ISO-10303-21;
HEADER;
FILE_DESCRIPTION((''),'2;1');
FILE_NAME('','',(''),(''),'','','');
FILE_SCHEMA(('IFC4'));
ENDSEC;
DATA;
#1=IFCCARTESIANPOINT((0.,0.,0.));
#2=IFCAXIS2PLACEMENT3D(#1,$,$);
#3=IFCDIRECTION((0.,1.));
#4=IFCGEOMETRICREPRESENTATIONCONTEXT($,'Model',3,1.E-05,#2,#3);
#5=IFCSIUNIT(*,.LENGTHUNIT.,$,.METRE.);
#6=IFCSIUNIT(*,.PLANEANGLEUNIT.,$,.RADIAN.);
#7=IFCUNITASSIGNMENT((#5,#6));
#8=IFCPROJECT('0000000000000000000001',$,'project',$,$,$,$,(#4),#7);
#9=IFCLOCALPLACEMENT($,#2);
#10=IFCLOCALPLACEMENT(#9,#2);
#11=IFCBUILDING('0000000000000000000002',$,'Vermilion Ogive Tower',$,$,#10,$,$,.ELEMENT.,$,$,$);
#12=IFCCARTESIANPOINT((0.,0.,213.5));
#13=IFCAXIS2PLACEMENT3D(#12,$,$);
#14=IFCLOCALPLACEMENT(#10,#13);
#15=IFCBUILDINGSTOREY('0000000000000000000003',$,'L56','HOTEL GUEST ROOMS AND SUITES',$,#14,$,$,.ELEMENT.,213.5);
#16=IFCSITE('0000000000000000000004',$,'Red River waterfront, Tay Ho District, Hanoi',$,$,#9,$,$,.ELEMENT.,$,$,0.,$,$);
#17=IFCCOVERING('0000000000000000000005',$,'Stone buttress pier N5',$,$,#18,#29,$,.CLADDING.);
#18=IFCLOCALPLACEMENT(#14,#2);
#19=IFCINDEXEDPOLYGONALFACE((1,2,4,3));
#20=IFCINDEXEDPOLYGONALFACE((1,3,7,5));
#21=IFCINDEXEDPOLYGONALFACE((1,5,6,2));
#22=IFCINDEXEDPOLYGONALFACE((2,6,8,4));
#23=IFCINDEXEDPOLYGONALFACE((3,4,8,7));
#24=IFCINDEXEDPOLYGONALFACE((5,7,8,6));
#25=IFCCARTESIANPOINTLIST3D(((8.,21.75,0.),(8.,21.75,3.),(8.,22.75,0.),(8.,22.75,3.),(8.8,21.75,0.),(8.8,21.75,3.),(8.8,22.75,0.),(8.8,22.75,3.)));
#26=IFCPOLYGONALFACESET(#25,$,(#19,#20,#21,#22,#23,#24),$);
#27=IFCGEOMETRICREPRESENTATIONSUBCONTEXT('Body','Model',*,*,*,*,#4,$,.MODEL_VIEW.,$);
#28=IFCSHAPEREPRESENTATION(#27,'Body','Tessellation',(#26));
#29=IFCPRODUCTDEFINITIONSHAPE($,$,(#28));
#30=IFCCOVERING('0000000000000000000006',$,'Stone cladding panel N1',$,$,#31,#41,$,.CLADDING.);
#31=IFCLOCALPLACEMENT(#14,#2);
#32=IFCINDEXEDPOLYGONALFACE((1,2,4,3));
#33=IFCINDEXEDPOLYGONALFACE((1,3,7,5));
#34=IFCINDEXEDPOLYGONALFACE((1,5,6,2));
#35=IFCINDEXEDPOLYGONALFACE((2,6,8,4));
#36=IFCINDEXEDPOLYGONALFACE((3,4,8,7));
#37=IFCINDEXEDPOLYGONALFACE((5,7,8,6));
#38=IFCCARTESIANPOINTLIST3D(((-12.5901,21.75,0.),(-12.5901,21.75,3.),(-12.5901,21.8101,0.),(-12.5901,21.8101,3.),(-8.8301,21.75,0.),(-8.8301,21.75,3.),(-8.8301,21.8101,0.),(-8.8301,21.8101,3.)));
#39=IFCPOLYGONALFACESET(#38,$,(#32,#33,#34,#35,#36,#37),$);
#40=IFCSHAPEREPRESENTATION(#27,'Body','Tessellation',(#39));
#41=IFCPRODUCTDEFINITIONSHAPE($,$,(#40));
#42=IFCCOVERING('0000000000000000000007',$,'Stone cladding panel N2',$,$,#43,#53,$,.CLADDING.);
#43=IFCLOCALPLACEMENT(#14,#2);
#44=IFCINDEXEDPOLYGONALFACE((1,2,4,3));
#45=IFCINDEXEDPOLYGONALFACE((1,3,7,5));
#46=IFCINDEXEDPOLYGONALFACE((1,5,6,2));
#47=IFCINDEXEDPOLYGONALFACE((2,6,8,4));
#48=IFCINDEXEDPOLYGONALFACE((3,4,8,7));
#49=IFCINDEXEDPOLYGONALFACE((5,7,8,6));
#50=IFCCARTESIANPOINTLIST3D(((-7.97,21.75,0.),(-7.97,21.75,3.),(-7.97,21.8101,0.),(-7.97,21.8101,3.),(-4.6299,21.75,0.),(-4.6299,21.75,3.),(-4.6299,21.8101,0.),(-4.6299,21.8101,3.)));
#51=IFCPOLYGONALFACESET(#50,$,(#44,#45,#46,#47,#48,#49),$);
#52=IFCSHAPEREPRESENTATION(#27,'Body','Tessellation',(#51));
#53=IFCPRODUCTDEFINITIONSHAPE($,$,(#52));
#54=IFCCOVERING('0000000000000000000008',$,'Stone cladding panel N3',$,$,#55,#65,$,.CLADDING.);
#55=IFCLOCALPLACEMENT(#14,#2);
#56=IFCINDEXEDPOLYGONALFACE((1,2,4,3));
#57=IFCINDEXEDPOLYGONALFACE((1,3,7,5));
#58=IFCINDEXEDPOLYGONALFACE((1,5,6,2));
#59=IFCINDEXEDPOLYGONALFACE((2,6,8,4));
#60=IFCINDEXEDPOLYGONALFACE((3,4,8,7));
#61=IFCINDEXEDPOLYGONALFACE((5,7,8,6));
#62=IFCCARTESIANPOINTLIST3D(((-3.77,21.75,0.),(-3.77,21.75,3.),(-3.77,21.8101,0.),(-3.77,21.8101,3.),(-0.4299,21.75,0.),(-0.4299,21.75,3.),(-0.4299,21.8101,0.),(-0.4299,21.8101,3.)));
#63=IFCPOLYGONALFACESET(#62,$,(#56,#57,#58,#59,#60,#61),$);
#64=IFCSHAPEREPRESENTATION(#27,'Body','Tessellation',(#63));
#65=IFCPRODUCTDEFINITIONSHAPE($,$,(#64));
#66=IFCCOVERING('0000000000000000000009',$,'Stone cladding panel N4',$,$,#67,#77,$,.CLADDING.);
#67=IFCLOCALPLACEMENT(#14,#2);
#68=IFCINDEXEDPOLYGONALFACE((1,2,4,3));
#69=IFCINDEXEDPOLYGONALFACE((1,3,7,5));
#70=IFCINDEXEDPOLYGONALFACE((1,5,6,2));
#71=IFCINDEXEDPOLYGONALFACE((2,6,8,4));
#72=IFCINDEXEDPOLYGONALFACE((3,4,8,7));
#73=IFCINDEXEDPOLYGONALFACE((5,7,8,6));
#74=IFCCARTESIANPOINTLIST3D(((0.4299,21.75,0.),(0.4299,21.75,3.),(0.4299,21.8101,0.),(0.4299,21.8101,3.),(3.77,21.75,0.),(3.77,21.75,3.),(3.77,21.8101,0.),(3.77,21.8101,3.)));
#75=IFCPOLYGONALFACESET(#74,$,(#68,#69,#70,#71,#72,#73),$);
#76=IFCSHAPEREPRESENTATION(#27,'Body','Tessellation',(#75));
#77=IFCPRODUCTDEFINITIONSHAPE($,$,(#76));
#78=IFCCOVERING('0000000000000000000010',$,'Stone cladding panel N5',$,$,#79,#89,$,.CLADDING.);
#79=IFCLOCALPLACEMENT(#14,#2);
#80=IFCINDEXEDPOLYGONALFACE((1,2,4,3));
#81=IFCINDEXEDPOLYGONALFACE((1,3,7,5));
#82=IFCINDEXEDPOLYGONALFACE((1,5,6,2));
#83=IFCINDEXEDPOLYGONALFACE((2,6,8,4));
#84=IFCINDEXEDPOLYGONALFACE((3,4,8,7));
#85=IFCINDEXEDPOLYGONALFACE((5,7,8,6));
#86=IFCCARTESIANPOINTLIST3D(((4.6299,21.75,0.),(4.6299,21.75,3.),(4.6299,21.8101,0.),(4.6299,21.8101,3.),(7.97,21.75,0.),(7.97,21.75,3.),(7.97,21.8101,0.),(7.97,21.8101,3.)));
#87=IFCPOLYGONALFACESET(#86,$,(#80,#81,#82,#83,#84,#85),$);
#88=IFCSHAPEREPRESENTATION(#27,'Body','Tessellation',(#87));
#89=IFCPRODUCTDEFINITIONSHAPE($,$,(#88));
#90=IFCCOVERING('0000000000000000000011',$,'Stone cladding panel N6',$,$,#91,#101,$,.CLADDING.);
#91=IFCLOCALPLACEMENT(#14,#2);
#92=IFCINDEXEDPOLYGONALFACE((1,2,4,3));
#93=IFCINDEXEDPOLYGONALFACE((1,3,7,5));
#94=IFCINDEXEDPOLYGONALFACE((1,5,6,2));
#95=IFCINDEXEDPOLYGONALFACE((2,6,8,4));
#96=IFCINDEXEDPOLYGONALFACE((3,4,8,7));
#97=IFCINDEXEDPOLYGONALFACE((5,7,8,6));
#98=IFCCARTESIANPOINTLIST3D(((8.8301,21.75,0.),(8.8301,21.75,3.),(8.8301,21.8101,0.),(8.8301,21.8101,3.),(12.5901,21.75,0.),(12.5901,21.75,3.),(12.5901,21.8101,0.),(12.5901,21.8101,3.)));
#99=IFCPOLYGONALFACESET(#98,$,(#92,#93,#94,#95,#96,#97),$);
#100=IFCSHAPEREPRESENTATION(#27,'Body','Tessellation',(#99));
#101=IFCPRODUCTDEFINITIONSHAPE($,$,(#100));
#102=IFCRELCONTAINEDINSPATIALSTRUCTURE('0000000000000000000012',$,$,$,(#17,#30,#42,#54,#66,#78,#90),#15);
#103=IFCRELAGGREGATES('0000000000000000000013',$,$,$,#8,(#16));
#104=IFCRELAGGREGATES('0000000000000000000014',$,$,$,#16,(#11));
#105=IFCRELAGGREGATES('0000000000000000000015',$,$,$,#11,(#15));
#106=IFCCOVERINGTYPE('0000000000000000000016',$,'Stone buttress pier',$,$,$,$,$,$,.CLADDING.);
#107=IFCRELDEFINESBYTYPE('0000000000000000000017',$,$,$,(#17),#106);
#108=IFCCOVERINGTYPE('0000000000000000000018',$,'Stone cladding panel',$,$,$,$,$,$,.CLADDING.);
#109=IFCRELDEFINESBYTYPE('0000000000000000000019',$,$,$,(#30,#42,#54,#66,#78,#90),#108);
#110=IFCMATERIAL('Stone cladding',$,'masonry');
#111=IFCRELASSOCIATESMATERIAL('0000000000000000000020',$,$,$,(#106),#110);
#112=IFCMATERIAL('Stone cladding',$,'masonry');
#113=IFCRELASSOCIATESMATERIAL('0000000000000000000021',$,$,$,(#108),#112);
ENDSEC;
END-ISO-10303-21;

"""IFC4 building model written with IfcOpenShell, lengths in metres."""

from ifc_helpers import new_model, si_unit, direction, frame, origin, place, context, subcontext, project, spatial, polyline, outline, extrude, material, type_object, element, save


model = new_model("IFC4")

# Units and contexts
model_context = context("Model", 3, precision=1e-05, world=origin(), true_north=direction((0.0, 1.0)))
body_context = subcontext(model_context, "Body", "Model", "MODEL_VIEW")
ifc_project = project(units=[si_unit("LENGTHUNIT", "METRE"), si_unit("PLANEANGLEUNIT", "RADIAN")], contexts=[model_context])

# Site, building, storey
site_placement = place(None, origin())
site = spatial("IfcSite", under=ifc_project, at=site_placement, Name="Red River waterfront, Tay Ho District, Hanoi", CompositionType="ELEMENT", RefElevation=0.0)
building_placement = place(site_placement, origin())
building = spatial("IfcBuilding", under=site, at=building_placement, Name="Vermilion Ogive Tower", CompositionType="ELEMENT")
storey_placement = place(building_placement, frame((0.0, 0.0, 213.5)))
storey = spatial("IfcBuildingStorey", under=building, at=storey_placement, Name="L56", Description="HOTEL GUEST ROOMS AND SUITES", CompositionType="ELEMENT", Elevation=213.5)

# Coverings
ifc_material_1 = material(Name="Stone cladding", Category="masonry")
covering_type_1 = type_object("IfcCoveringType", Name="Stone buttress pier", PredefinedType="CLADDING", material=ifc_material_1)
covering_1_placement = place(storey_placement, origin())
element("IfcCovering", 1, at=covering_1_placement, inside=storey, type_object=covering_type_1, Name="Stone buttress pier N5", PredefinedType="CLADDING", context=body_context, shape_type="SweptSolid", body=[
    extrude(outline(polyline([(8.0, 21.75), (8.8, 21.75), (8.8, 22.75), (8.0, 22.75), (8.0, 21.75)])), origin(), (0.0, 0.0, 1.0), 3.0),
])
ifc_material_2 = material(Name="Stone cladding", Category="masonry")
covering_type_2 = type_object("IfcCoveringType", Name="Stone cladding panel", PredefinedType="CLADDING", material=ifc_material_2)
covering_2_placement = place(storey_placement, origin())
element("IfcCovering", 2, at=covering_2_placement, inside=storey, type_object=covering_type_2, Name="Stone cladding panel N1", PredefinedType="CLADDING", context=body_context, shape_type="SweptSolid", body=[
    extrude(outline(polyline([(-12.5901, 21.75), (-8.8301, 21.75), (-8.8301, 21.8101), (-12.5901, 21.8101), (-12.5901, 21.75)])), origin(), (0.0, 0.0, 1.0), 3.0),
])
covering_3_placement = place(storey_placement, origin())
element("IfcCovering", 3, at=covering_3_placement, inside=storey, type_object=covering_type_2, Name="Stone cladding panel N2", PredefinedType="CLADDING", context=body_context, shape_type="SweptSolid", body=[
    extrude(outline(polyline([(-7.97, 21.75), (-4.6299, 21.75), (-4.6299, 21.8101), (-7.97, 21.8101), (-7.97, 21.75)])), origin(), (0.0, 0.0, 1.0), 3.0),
])
covering_4_placement = place(storey_placement, origin())
element("IfcCovering", 4, at=covering_4_placement, inside=storey, type_object=covering_type_2, Name="Stone cladding panel N3", PredefinedType="CLADDING", context=body_context, shape_type="SweptSolid", body=[
    extrude(outline(polyline([(-3.77, 21.75), (-0.4299, 21.75), (-0.4299, 21.8101), (-3.77, 21.8101), (-3.77, 21.75)])), origin(), (0.0, 0.0, 1.0), 3.0),
])
covering_5_placement = place(storey_placement, origin())
element("IfcCovering", 5, at=covering_5_placement, inside=storey, type_object=covering_type_2, Name="Stone cladding panel N4", PredefinedType="CLADDING", context=body_context, shape_type="SweptSolid", body=[
    extrude(outline(polyline([(0.4299, 21.75), (3.77, 21.75), (3.77, 21.8101), (0.4299, 21.8101), (0.4299, 21.75)])), origin(), (0.0, 0.0, 1.0), 3.0),
])
covering_6_placement = place(storey_placement, origin())
element("IfcCovering", 6, at=covering_6_placement, inside=storey, type_object=covering_type_2, Name="Stone cladding panel N5", PredefinedType="CLADDING", context=body_context, shape_type="SweptSolid", body=[
    extrude(outline(polyline([(4.6299, 21.75), (7.97, 21.75), (7.97, 21.8101), (4.6299, 21.8101), (4.6299, 21.75)])), origin(), (0.0, 0.0, 1.0), 3.0),
])
covering_7_placement = place(storey_placement, origin())
element("IfcCovering", 7, at=covering_7_placement, inside=storey, type_object=covering_type_2, Name="Stone cladding panel N6", PredefinedType="CLADDING", context=body_context, shape_type="SweptSolid", body=[
    extrude(outline(polyline([(8.8301, 21.75), (12.5901, 21.75), (12.5901, 21.8101), (8.8301, 21.8101), (8.8301, 21.75)])), origin(), (0.0, 0.0, 1.0), 3.0),
])

save(model, "model.ifc")
